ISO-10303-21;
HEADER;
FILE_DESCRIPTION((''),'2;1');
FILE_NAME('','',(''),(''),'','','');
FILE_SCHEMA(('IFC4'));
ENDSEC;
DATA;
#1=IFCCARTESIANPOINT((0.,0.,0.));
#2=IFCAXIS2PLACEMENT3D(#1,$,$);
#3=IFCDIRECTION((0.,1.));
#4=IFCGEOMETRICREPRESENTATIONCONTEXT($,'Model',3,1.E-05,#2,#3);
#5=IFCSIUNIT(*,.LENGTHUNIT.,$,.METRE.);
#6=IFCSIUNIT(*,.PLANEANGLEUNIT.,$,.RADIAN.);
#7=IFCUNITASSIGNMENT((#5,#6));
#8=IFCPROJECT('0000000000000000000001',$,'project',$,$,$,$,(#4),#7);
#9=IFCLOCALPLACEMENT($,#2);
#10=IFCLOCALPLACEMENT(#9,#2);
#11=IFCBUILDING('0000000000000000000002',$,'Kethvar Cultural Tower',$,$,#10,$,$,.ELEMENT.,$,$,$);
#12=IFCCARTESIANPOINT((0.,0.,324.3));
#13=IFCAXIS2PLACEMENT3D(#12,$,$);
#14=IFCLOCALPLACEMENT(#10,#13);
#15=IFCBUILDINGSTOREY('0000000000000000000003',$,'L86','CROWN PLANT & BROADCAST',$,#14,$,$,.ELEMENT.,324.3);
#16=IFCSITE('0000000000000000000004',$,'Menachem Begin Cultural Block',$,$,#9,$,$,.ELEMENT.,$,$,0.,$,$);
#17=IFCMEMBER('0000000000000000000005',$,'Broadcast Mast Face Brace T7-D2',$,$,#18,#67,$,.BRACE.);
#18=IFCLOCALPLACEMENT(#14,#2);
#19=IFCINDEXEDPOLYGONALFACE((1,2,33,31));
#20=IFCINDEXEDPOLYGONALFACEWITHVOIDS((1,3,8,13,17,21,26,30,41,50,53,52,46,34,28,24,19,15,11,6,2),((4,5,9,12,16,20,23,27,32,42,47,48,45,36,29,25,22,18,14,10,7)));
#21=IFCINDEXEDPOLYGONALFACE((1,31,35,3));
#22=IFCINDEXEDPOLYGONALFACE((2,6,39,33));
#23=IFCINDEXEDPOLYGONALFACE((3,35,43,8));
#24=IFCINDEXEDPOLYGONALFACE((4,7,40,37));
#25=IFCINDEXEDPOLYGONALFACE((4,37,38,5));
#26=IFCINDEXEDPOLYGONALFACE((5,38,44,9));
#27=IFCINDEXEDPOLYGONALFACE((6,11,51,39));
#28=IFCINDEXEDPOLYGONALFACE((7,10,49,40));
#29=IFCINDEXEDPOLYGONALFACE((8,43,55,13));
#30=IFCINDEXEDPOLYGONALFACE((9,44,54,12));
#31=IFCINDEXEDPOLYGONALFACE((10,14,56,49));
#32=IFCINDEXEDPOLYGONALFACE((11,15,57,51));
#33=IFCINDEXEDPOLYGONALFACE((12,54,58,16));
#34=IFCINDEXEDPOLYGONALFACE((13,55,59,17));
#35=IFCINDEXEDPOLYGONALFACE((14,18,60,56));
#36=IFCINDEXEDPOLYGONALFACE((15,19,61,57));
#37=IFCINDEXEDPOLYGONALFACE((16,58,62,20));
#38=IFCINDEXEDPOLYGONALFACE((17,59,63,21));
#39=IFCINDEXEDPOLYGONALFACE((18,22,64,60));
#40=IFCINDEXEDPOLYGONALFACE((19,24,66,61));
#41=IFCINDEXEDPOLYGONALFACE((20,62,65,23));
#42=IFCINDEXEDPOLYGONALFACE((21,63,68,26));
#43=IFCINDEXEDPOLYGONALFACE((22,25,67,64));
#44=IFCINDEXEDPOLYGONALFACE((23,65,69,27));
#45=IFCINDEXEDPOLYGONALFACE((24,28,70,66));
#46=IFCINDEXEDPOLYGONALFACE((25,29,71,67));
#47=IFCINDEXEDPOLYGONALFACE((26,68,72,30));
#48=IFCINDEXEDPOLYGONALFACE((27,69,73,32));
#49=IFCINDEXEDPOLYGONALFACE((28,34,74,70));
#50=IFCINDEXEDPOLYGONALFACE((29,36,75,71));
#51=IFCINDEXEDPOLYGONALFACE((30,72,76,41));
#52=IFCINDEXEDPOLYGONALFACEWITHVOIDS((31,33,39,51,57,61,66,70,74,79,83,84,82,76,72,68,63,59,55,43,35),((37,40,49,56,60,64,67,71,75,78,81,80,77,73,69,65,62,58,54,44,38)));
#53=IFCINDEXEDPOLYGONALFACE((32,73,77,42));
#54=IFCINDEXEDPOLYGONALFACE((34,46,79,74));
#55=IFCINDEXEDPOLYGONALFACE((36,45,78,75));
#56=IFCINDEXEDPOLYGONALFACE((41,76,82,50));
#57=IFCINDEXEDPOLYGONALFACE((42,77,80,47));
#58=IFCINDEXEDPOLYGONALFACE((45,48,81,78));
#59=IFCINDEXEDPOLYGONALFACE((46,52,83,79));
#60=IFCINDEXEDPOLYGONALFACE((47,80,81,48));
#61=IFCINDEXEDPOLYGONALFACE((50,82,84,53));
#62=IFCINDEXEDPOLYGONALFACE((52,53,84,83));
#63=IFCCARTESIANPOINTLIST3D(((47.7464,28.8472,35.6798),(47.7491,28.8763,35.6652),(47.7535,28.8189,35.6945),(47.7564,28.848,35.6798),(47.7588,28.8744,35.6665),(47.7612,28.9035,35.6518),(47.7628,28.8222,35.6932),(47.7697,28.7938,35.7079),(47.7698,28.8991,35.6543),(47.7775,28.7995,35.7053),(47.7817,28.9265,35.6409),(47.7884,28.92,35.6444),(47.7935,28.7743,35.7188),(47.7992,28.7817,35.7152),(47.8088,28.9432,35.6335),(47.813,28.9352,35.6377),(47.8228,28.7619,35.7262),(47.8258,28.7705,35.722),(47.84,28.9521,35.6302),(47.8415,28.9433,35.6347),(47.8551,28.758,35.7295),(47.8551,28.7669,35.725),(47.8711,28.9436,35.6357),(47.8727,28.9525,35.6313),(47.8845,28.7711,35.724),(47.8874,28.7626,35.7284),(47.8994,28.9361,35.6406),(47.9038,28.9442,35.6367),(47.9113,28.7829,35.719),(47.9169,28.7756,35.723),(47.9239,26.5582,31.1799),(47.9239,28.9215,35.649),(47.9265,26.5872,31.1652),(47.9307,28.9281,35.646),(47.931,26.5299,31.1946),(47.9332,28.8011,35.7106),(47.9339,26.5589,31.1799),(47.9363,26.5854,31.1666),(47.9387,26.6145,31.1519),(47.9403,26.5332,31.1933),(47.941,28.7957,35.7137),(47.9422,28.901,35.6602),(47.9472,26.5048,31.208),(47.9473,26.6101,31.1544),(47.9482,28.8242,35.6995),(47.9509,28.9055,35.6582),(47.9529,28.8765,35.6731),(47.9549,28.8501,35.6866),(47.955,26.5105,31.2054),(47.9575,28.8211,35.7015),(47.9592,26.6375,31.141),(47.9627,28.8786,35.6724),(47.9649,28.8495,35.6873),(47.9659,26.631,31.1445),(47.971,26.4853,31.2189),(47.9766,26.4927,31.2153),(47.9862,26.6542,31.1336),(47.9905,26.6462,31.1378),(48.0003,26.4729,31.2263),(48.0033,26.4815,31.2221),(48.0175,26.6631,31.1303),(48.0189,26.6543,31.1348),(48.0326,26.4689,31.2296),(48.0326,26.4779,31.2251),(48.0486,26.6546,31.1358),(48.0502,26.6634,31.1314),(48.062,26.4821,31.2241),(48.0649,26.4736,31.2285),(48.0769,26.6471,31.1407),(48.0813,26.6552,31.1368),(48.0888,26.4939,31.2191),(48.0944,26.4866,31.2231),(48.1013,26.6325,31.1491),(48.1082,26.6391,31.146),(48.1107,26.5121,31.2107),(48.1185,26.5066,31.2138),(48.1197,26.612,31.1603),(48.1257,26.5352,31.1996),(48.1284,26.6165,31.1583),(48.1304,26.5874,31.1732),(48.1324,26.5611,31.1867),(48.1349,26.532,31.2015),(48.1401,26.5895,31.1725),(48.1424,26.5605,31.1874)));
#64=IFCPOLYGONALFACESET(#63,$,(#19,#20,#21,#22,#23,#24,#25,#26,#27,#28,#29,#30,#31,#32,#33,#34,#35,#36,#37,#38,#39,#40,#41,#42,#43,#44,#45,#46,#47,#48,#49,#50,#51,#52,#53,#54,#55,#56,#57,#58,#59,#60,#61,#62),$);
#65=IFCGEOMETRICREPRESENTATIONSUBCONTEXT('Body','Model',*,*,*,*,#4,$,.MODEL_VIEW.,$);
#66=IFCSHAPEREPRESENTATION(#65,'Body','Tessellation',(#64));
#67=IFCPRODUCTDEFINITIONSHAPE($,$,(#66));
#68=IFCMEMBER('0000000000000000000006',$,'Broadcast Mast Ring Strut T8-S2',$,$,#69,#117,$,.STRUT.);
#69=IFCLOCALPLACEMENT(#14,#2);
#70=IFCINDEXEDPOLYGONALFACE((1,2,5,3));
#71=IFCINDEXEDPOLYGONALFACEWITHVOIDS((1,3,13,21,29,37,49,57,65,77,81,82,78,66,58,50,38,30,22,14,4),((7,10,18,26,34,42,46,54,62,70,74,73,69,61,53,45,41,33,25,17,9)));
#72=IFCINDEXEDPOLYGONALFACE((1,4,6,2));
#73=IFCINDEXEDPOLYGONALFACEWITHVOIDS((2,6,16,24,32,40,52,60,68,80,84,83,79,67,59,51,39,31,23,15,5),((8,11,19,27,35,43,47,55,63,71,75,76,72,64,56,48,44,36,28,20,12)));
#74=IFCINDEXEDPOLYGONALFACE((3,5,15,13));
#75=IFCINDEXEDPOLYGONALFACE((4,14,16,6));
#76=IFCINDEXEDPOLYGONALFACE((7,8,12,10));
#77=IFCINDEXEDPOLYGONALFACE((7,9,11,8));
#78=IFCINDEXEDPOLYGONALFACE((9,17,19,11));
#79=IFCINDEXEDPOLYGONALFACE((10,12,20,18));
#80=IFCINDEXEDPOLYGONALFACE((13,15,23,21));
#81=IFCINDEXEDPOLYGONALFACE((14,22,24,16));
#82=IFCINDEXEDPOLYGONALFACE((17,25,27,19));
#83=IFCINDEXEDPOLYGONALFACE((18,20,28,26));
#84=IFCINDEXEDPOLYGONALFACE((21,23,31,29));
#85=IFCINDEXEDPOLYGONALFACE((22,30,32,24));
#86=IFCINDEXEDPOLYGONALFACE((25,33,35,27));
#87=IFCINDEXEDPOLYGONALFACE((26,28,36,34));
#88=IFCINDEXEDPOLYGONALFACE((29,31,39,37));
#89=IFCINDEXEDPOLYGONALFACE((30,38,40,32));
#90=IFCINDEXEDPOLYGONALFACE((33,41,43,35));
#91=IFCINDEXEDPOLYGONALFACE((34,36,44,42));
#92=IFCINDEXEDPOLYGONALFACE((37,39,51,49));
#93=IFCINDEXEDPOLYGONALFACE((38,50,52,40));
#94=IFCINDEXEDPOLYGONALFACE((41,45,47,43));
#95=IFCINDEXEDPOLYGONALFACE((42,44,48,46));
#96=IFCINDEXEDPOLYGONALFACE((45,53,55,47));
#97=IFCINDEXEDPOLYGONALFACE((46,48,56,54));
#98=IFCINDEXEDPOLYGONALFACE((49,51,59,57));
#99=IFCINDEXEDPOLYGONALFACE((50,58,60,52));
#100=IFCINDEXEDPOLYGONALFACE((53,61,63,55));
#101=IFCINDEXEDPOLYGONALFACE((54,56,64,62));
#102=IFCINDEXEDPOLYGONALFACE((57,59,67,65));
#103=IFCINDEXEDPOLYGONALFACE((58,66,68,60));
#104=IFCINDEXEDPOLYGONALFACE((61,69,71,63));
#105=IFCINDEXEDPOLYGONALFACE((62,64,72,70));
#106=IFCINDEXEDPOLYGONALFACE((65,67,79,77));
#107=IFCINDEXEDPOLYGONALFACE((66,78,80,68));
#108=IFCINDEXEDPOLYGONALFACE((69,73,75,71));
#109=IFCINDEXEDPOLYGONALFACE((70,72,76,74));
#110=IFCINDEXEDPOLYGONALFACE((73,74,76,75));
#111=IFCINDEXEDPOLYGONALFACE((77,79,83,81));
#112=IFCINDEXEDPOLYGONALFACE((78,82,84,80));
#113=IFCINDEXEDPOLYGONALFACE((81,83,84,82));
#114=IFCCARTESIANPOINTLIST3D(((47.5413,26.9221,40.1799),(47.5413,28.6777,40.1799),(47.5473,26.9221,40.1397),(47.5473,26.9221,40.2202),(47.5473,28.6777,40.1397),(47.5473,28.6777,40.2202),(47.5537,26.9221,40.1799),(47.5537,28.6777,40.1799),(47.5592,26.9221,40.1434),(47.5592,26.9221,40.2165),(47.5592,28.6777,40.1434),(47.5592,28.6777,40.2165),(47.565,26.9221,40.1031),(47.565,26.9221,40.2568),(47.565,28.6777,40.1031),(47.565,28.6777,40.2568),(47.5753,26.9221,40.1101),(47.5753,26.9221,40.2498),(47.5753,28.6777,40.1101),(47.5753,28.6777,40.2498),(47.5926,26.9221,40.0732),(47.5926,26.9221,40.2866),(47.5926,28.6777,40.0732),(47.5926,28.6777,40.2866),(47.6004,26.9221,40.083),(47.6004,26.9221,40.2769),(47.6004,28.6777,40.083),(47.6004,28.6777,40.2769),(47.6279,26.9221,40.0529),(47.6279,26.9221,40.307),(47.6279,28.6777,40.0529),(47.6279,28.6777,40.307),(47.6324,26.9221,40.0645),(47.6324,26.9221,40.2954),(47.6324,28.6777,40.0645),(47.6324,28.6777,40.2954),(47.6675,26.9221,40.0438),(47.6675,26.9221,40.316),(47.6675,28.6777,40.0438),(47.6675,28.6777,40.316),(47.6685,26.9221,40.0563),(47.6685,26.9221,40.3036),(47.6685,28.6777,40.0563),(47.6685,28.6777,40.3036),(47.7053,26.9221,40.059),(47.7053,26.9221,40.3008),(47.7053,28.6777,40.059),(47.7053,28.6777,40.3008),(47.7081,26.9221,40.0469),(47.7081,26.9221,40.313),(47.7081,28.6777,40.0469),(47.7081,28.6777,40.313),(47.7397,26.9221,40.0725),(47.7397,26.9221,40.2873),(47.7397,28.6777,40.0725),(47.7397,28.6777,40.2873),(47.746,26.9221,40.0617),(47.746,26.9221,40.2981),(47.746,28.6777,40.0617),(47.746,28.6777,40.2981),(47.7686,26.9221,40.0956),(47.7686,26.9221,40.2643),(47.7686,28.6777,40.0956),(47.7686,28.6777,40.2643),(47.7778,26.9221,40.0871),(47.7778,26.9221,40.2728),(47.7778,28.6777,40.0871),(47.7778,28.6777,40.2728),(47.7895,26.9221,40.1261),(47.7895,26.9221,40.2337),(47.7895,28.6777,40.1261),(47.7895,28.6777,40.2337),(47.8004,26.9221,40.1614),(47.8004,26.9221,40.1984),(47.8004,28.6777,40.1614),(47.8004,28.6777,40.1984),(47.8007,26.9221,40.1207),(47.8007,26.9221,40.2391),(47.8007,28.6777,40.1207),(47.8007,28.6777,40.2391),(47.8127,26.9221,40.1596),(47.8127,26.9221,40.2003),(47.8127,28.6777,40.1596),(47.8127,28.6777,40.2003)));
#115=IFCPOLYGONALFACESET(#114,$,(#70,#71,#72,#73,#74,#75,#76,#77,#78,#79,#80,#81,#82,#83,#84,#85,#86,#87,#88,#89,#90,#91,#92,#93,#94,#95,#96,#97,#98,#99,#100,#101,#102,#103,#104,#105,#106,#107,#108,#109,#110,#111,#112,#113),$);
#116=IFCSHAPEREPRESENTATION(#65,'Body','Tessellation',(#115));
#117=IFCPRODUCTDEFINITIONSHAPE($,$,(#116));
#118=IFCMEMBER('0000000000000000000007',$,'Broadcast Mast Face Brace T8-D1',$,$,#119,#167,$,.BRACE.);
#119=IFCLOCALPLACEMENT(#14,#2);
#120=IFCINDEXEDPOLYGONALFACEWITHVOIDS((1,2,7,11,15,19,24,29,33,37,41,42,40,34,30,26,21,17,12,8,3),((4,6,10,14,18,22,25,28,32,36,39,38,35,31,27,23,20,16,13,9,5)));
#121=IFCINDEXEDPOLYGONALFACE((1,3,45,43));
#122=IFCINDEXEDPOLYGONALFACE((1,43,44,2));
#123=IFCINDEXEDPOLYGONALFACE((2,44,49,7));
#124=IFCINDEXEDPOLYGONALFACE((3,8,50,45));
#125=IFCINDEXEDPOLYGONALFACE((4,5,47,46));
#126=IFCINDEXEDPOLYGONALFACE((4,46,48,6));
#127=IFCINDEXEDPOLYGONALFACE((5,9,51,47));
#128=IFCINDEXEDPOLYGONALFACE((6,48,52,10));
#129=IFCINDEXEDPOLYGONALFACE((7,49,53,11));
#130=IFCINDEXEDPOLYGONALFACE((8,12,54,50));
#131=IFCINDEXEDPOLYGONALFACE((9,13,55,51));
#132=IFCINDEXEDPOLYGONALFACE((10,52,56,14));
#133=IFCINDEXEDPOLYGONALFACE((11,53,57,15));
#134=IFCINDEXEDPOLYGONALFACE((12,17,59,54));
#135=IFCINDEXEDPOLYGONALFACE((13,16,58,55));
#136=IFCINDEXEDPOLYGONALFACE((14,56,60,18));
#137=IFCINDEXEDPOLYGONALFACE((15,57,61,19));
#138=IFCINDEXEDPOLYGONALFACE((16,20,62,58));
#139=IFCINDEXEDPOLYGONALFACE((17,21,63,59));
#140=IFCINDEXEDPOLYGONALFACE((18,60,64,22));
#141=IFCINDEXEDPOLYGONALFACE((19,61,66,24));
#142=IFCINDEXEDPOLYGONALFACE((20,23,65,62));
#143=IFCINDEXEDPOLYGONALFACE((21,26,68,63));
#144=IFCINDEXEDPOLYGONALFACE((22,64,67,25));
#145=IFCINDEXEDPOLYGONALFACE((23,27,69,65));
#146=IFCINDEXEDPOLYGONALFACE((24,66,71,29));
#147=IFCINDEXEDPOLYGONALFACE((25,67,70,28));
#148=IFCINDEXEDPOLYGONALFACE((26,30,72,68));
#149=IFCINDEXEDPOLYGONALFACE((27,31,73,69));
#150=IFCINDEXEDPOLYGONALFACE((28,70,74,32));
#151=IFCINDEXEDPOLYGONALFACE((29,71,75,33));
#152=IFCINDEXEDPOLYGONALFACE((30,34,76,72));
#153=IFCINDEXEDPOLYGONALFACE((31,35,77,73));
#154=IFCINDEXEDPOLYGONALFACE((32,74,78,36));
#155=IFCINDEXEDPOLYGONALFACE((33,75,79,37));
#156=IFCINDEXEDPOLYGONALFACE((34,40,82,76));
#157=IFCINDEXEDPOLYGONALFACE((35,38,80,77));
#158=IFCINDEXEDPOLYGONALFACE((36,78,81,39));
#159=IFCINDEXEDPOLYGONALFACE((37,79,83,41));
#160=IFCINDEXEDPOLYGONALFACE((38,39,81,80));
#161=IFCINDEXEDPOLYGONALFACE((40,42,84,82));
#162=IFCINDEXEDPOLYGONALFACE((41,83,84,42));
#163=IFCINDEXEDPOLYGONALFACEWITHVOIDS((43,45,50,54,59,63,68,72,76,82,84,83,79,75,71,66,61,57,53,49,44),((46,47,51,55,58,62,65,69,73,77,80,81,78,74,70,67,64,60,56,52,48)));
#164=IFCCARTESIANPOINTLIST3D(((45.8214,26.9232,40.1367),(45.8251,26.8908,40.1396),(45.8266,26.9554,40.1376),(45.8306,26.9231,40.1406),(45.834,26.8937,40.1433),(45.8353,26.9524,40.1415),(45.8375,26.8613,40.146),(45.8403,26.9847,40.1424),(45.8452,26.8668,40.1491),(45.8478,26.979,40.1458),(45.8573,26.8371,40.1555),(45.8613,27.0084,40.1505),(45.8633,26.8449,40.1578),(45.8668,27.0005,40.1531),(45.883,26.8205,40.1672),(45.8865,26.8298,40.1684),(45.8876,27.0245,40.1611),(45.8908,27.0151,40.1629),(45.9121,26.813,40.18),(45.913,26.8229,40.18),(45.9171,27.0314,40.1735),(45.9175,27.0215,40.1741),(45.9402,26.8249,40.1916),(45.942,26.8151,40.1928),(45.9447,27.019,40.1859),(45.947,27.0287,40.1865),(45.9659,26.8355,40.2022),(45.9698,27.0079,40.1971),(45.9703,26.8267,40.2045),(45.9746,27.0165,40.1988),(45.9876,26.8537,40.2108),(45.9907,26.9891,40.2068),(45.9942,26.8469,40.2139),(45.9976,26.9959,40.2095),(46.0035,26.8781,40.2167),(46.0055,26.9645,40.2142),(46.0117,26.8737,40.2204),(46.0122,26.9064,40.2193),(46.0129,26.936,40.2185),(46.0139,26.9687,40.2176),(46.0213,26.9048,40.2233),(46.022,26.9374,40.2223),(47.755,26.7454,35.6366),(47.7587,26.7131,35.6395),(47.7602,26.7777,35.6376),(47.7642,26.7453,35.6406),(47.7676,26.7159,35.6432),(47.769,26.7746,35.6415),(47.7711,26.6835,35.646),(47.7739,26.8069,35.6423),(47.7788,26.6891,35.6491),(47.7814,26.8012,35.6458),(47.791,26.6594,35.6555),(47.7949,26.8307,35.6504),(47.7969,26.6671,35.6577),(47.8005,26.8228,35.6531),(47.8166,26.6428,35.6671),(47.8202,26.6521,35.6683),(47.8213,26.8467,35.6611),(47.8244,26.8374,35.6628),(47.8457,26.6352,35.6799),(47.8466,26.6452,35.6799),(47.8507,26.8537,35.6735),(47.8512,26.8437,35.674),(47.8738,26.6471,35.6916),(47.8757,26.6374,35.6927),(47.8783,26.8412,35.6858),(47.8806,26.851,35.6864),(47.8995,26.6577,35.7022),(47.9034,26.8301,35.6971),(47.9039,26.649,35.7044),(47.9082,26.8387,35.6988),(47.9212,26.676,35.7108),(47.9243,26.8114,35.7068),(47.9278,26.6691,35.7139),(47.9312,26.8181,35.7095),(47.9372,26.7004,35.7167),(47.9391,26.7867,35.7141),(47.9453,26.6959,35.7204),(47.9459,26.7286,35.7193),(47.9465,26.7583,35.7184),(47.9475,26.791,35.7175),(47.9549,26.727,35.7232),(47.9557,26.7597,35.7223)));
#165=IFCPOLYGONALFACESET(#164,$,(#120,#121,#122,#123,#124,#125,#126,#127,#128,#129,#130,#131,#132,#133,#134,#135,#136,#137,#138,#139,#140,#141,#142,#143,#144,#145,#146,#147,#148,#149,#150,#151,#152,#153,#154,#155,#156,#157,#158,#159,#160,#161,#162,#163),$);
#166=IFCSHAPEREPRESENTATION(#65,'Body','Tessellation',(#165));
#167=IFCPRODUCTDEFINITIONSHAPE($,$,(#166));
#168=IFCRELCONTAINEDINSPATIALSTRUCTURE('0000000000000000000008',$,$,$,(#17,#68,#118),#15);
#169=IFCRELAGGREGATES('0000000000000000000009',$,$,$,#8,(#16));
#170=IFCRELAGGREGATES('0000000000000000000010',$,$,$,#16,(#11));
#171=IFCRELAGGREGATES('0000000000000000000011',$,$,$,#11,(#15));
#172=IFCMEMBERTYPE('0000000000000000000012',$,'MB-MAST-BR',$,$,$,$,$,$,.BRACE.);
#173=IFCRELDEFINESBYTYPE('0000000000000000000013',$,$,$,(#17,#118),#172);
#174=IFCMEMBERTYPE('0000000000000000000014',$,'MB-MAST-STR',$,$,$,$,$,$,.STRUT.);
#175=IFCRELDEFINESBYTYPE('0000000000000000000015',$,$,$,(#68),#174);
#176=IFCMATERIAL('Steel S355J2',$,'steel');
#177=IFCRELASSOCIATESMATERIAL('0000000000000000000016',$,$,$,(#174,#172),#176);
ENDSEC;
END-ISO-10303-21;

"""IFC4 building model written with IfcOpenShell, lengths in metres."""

from ifc_helpers import new_model, si_unit, direction, frame, origin, origin_2d, place, context, subcontext, project, spatial, hollow_circle, extrude, source, transform, mapped, material, material_profile, profile_set, type_object, element, save


model = new_model("IFC4")

# Units and contexts
model_context = context("Model", 3, precision=1e-05, world=origin(), true_north=direction((0.0, 1.0)))
body_context = subcontext(model_context, "Body", "Model", "MODEL_VIEW")
ifc_project = project(units=[si_unit("LENGTHUNIT", "METRE"), si_unit("PLANEANGLEUNIT", "RADIAN")], contexts=[model_context])

# Site, building, storey
site_placement = place(None, origin())
site = spatial("IfcSite", under=ifc_project, at=site_placement, Name="Menachem Begin Cultural Block", CompositionType="ELEMENT", RefElevation=0.0)
building_placement = place(site_placement, origin())
building = spatial("IfcBuilding", under=site, at=building_placement, Name="Kethvar Cultural Tower", CompositionType="ELEMENT")
storey_placement = place(building_placement, frame((0.0, 0.0, 324.3)))
storey = spatial("IfcBuildingStorey", under=building, at=storey_placement, Name="L86", Description="CROWN PLANT & BROADCAST", CompositionType="ELEMENT", Elevation=324.3)

# Shared definitions
ifc_material_1 = material(Name="Steel S355J2", Category="steel")

# Members
ifc_material_profile_1 = material_profile(ifc_material_1, hollow_circle(Radius=0.1365, WallThickness=0.0125, at=origin_2d()), Name="Steel S355J2 — CHS273x12.5")
ifc_profile_set_1 = profile_set([ifc_material_profile_1], Name="Steel S355J2 — CHS273x12.5")
member_type_1 = type_object("IfcMemberType", Name="MB-MAST-STR", PredefinedType="STRUT", material=ifc_profile_set_1)
ifc_material_profile_2 = material_profile(ifc_material_1, hollow_circle(Radius=0.1096, WallThickness=0.01, at=origin_2d()), Name="Steel S355J2 — CHS219x10")
ifc_profile_set_2 = profile_set([ifc_material_profile_2], Name="Steel S355J2 — CHS219x10")
member_type_2 = type_object("IfcMemberType", Name="MB-MAST-BR", PredefinedType="BRACE", material=ifc_profile_set_2)
shared_shape_1 = source(origin(), body_context, "Body", "SweptSolid", [
    extrude(hollow_circle(Radius=0.1096, WallThickness=0.01, at=origin_2d()), origin(), (0.0, 0.0, 1.0), 5.0518),
])
member_1_placement = place(storey_placement, frame((48.0332, 26.5667, 31.1799), z_axis=(-0.035134, 0.453113, 0.890761), x_axis=(-0.997007, -0.077306, 0.0)))
element("IfcMember", 1, at=member_1_placement, inside=storey, type_object=member_type_2, Name="Broadcast Mast Face Brace T7-D2", PredefinedType="BRACE", context=body_context, shape_type="MappedRepresentation", body=[
    mapped(shared_shape_1, transform((0.0, 0.0, 0.0), scale=1.0)),
])
shared_shape_2 = source(origin(), body_context, "Body", "SweptSolid", [
    extrude(hollow_circle(Radius=0.1365, WallThickness=0.0125, at=origin_2d()), origin(), (0.0, 0.0, 1.0), 1.7556),
])
member_2_placement = place(storey_placement, frame((47.6777, 26.9221, 40.1799), z_axis=(0.0, 1.0, 0.0), x_axis=(-1.0, 0.0, 0.0)))
element("IfcMember", 2, at=member_2_placement, inside=storey, type_object=member_type_1, Name="Broadcast Mast Ring Strut T8-S2", PredefinedType="STRUT", context=body_context, shape_type="MappedRepresentation", body=[
    mapped(shared_shape_2, transform((0.0, 0.0, 0.0), scale=1.0)),
])
shared_shape_3 = source(origin(), body_context, "Body", "SweptSolid", [
    extrude(hollow_circle(Radius=0.1096, WallThickness=0.01, at=origin_2d()), origin(), (0.0, 0.0, 1.0), 4.9011),
])
member_3_placement = place(storey_placement, frame((47.8557, 26.7444, 35.6799), z_axis=(-0.394526, 0.036264, 0.918169), x_axis=(-0.091533, -0.995802, 0.0)))
element("IfcMember", 3, at=member_3_placement, inside=storey, type_object=member_type_2, Name="Broadcast Mast Face Brace T8-D1", PredefinedType="BRACE", context=body_context, shape_type="MappedRepresentation", body=[
    mapped(shared_shape_3, transform((0.0, 0.0, 0.0), scale=1.0)),
])

save(model, "model.ifc")
